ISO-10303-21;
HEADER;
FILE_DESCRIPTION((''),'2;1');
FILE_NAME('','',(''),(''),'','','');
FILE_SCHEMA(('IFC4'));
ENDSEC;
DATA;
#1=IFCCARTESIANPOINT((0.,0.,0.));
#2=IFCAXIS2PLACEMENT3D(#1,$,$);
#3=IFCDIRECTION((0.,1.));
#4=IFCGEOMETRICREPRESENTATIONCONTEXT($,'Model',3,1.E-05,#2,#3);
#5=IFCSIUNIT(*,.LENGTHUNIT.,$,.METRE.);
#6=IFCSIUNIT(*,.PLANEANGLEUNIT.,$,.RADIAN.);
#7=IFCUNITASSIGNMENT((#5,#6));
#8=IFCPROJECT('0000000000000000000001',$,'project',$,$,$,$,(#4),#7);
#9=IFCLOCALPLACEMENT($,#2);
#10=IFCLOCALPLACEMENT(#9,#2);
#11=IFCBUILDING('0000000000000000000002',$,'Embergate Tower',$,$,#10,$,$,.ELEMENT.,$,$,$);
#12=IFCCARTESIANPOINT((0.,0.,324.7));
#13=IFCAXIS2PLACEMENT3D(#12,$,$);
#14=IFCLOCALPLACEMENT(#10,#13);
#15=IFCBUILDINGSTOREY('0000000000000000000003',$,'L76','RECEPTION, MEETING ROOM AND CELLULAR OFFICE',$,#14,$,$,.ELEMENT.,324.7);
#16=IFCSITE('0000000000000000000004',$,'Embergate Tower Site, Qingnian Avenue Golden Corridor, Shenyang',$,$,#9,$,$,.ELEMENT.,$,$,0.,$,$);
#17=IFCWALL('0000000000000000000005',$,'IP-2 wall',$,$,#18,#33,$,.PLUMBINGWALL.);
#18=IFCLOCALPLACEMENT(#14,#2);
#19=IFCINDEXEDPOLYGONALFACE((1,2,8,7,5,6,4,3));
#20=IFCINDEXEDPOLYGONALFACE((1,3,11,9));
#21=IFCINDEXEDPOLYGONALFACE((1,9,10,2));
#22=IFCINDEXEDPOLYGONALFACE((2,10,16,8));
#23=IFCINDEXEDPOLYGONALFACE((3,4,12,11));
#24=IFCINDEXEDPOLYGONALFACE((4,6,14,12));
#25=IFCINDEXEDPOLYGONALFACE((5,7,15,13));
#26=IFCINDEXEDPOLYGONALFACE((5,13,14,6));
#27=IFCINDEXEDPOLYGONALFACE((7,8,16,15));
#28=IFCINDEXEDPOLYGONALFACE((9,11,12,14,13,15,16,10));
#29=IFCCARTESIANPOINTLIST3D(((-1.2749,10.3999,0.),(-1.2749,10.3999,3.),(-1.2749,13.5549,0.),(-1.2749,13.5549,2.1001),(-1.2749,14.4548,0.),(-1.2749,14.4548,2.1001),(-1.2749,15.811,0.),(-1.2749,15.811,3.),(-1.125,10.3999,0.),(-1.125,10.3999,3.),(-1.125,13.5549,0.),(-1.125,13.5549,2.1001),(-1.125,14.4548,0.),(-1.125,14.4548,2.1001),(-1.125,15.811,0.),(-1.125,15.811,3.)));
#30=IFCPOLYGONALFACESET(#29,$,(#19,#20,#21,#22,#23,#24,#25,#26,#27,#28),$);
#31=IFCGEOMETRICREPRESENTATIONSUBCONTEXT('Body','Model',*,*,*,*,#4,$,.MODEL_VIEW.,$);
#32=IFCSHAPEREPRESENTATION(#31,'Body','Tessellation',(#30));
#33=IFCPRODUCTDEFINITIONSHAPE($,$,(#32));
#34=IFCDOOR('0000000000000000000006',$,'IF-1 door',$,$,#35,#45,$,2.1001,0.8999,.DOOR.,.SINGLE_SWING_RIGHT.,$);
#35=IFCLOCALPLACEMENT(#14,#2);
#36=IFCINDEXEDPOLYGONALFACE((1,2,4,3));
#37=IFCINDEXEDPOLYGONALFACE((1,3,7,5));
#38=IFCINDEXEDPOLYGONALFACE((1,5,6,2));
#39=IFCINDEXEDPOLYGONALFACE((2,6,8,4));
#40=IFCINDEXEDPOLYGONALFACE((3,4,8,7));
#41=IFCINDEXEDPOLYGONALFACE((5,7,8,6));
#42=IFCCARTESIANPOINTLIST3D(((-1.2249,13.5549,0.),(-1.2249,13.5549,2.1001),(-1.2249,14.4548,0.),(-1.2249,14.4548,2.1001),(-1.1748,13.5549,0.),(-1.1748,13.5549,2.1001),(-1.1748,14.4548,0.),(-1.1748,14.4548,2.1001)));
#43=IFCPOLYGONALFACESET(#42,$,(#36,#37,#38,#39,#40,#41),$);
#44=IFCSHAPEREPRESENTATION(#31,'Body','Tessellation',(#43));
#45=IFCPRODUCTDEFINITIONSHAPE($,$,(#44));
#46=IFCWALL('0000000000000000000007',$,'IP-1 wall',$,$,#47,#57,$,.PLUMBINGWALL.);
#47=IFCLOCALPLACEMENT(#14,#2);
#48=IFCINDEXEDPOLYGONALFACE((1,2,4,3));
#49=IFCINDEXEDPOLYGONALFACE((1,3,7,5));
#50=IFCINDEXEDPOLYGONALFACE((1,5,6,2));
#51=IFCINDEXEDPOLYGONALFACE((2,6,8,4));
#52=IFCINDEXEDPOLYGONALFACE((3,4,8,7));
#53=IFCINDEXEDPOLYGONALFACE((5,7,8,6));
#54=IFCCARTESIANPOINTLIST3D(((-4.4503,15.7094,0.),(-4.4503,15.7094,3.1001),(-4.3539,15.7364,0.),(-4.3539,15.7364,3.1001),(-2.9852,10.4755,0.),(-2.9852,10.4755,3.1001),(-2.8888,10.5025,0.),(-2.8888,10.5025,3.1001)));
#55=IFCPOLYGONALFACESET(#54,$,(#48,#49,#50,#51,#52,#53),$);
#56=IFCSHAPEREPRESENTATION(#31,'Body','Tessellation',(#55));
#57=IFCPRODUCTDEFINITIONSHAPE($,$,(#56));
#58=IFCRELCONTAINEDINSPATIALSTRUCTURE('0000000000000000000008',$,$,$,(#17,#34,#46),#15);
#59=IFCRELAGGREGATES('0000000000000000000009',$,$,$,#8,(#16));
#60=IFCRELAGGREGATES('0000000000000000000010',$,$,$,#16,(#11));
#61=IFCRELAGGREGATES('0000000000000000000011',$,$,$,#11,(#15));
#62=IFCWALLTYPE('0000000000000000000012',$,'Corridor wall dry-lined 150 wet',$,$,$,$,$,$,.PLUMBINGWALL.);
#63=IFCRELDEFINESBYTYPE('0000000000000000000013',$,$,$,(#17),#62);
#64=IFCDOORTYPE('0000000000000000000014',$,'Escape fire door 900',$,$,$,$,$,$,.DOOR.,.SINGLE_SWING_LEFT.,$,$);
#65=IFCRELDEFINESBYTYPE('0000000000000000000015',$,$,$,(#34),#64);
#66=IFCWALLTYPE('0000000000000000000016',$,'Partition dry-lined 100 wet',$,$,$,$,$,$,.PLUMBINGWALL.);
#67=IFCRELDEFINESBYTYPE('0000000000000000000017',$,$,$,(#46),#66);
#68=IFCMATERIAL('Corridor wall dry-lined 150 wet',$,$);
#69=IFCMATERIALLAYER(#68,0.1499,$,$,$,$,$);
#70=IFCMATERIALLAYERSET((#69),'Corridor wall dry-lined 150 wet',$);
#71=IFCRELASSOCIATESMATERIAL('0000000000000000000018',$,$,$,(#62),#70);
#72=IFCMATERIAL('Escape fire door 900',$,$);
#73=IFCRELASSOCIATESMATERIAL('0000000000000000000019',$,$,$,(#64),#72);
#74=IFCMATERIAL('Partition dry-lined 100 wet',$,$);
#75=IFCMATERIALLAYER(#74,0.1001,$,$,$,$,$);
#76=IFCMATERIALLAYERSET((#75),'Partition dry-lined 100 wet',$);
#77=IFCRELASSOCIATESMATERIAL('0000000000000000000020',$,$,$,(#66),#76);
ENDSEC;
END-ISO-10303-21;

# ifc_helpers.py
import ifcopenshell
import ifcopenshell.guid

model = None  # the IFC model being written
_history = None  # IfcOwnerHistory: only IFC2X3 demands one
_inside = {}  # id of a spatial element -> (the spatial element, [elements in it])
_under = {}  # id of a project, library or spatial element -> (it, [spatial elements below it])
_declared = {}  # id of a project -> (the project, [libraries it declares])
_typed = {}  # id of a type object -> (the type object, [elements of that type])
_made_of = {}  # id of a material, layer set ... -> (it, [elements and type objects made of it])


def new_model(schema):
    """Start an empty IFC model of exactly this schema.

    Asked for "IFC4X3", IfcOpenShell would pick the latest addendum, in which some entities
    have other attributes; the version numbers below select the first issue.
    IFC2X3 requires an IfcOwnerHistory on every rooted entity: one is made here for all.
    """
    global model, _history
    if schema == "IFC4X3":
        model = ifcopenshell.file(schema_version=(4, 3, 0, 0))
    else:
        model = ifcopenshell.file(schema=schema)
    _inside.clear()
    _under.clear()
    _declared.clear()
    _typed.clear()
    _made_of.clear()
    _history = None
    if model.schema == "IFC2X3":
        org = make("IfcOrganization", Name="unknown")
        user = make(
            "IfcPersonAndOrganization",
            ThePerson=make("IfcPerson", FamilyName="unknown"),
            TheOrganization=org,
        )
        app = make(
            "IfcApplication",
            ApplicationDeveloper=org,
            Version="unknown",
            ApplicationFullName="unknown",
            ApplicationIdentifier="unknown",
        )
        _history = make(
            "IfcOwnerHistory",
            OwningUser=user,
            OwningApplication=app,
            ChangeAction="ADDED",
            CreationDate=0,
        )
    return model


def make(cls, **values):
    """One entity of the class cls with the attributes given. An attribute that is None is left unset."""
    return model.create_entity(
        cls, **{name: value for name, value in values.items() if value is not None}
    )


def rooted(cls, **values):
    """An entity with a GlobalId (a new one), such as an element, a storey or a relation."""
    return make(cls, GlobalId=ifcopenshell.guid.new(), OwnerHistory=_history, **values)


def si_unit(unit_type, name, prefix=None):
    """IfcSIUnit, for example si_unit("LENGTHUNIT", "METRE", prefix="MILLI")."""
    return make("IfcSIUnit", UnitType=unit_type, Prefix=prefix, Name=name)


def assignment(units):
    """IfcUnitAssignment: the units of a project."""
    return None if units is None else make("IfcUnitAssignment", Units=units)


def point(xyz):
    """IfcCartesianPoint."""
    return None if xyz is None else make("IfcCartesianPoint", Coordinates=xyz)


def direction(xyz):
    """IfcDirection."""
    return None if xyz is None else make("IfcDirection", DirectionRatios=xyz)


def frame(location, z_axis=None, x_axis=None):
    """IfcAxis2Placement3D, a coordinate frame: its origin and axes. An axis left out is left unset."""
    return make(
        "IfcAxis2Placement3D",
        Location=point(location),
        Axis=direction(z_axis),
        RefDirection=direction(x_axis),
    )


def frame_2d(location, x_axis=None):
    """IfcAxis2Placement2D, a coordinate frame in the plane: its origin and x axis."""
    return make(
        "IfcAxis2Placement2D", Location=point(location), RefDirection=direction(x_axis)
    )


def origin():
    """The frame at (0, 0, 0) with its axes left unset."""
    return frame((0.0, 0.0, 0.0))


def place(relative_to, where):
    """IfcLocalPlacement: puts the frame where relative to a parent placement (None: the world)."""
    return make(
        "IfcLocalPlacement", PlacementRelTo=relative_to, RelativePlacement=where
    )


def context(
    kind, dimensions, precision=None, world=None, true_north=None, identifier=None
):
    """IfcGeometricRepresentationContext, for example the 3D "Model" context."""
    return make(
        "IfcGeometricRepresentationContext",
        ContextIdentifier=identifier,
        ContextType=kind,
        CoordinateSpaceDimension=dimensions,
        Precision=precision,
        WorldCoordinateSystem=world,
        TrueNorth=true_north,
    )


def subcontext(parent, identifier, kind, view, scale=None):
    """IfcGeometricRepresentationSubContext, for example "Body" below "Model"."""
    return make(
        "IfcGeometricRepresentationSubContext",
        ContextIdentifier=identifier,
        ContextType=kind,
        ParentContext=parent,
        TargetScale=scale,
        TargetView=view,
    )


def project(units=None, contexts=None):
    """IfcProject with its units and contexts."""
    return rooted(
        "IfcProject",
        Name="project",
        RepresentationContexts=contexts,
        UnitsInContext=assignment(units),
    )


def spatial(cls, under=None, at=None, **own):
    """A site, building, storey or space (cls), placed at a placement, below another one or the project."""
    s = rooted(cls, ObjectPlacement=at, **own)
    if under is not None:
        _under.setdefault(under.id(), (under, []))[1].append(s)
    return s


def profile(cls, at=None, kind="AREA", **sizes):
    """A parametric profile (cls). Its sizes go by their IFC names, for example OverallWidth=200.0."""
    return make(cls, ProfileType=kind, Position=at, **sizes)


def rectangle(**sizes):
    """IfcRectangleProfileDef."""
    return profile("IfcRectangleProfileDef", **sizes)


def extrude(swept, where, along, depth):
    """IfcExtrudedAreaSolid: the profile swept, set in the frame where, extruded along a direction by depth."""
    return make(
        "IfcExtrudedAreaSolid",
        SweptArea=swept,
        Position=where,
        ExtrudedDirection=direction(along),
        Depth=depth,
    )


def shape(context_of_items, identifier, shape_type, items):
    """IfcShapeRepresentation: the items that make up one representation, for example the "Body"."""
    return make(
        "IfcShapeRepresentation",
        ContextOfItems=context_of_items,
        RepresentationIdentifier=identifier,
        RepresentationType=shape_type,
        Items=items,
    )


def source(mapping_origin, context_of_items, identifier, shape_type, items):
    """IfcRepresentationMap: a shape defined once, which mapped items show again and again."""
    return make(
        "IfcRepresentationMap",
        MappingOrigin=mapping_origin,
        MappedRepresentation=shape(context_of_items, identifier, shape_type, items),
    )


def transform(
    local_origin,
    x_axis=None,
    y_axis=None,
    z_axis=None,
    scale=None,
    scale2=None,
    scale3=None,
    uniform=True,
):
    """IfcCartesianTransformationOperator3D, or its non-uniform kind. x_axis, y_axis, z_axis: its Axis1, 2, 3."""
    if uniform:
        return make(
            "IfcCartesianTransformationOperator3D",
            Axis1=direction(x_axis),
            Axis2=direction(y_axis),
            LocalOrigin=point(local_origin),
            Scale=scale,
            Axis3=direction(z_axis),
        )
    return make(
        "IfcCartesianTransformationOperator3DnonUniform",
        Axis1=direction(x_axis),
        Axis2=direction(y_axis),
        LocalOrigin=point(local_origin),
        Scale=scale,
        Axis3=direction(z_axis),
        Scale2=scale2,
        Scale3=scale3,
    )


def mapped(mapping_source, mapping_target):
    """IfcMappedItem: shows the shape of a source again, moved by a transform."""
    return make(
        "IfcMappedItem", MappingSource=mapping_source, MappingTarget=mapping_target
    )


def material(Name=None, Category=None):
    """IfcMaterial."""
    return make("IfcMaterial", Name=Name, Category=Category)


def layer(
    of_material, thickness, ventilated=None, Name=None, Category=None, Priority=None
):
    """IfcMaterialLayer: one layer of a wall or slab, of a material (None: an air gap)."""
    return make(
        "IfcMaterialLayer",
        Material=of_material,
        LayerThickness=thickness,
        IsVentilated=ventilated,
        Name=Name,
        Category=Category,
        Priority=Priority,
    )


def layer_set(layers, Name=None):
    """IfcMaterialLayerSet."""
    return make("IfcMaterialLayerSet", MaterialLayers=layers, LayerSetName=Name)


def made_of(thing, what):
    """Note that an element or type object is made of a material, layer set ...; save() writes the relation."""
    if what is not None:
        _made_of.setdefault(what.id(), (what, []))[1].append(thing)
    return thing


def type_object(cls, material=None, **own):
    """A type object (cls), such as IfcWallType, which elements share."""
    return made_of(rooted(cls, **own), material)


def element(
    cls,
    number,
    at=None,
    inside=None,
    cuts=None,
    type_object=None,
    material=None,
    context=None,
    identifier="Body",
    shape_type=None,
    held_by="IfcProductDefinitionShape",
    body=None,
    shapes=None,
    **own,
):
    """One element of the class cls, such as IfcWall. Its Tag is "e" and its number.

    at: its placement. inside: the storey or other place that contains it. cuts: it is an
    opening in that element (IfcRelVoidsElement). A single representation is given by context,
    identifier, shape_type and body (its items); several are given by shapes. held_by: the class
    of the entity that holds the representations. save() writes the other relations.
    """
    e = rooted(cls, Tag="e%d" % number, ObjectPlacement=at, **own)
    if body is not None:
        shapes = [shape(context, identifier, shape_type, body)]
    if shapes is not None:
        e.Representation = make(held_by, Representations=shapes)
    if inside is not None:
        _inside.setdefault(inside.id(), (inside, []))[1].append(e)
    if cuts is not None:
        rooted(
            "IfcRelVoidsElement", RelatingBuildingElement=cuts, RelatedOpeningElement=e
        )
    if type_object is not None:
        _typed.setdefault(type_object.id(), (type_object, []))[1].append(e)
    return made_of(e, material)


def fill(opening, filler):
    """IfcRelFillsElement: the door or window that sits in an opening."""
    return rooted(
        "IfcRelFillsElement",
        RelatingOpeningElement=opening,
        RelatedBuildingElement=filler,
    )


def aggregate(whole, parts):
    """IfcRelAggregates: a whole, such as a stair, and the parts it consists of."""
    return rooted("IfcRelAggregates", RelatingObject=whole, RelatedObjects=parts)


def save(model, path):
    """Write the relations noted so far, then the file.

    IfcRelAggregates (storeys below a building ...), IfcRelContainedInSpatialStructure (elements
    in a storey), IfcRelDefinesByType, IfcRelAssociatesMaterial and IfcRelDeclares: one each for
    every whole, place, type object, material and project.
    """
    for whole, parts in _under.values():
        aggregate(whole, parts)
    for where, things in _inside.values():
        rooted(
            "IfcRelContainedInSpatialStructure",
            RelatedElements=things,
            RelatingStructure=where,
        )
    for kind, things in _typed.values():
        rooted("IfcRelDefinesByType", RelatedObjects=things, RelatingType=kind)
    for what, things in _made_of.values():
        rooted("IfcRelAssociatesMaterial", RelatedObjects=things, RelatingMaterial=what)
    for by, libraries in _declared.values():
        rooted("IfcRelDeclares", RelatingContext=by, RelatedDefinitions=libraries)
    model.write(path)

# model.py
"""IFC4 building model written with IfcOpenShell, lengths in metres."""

from ifc_helpers import new_model, si_unit, direction, frame, frame_2d, origin, place, context, subcontext, project, spatial, rectangle, extrude, source, transform, mapped, material, layer, layer_set, type_object, element, fill, save


model = new_model("IFC4")

# Units and contexts
model_context = context("Model", 3, precision=1e-05, world=origin(), true_north=direction((0.0, 1.0)))
body_context = subcontext(model_context, "Body", "Model", "MODEL_VIEW")
ifc_project = project(units=[si_unit("LENGTHUNIT", "METRE"), si_unit("PLANEANGLEUNIT", "RADIAN")], contexts=[model_context])

# Site, building, storey
site_placement = place(None, origin())
site = spatial("IfcSite", under=ifc_project, at=site_placement, Name="Embergate Tower Site, Qingnian Avenue Golden Corridor, Shenyang", CompositionType="ELEMENT", RefElevation=0.0)
building_placement = place(site_placement, origin())
building = spatial("IfcBuilding", under=site, at=building_placement, Name="Embergate Tower", CompositionType="ELEMENT")
storey_placement = place(building_placement, frame((0.0, 0.0, 324.7)))
storey = spatial("IfcBuildingStorey", under=building, at=storey_placement, Name="L76", Description="RECEPTION, MEETING ROOM AND CELLULAR OFFICE", CompositionType="ELEMENT", Elevation=324.7)

# Wall, opening, door
ifc_material_1 = material(Name="Corridor wall dry-lined 150 wet")
ifc_layer_1 = layer(ifc_material_1, 0.1499)
ifc_layer_set_1 = layer_set([ifc_layer_1], Name="Corridor wall dry-lined 150 wet")
wall_type_1 = type_object("IfcWallType", Name="Corridor wall dry-lined 150 wet", PredefinedType="PLUMBINGWALL", material=ifc_layer_set_1)
shared_shape_1 = source(origin(), body_context, "Body", "SweptSolid", [
    extrude(rectangle(XDim=5.4111, YDim=0.1499, at=frame_2d((2.7056, 0.0))), origin(), (0.0, 0.0, 1.0), 3.0),
])
wall_1_placement = place(storey_placement, frame((-1.2, 10.3999, 0.0), z_axis=(0.0, 0.0, 1.0), x_axis=(0.0, 1.0, 0.0)))
wall_1 = element("IfcWall", 1, at=wall_1_placement, inside=storey, type_object=wall_type_1, Name="IP-2 wall", PredefinedType="PLUMBINGWALL", context=body_context, shape_type="MappedRepresentation", body=[
    mapped(shared_shape_1, transform((0.0, 0.0, 0.0))),
])
shared_shape_2 = source(origin(), body_context, "Body", "SweptSolid", [
    extrude(rectangle(XDim=0.8999, YDim=2.1001, at=frame_2d((0.45, 1.05))), frame((0.0, 0.085, 0.0), z_axis=(0.0, -1.0, 0.0), x_axis=(1.0, 0.0, 0.0)), (0.0, 0.0, 1.0), 0.1699),
])
opening_1_placement = place(wall_1_placement, frame((3.155, 0.0, 0.0)))
opening_1 = element("IfcOpeningElement", 2, at=opening_1_placement, cuts=wall_1, PredefinedType="OPENING", context=body_context, shape_type="MappedRepresentation", body=[
    mapped(shared_shape_2, transform((0.0, 0.0, 0.0))),
])
ifc_material_2 = material(Name="Escape fire door 900")
door_type_1 = type_object("IfcDoorType", Name="Escape fire door 900", OperationType="SINGLE_SWING_LEFT", PredefinedType="DOOR", material=ifc_material_2)
shared_shape_3 = source(origin(), body_context, "Body", "SweptSolid", [
    extrude(rectangle(XDim=0.8999, YDim=2.1001, at=frame_2d((0.45, 1.05))), frame((0.0, 0.0249, 0.0), z_axis=(0.0, -1.0, 0.0), x_axis=(1.0, 0.0, 0.0)), (0.0, 0.0, 1.0), 0.05),
])
door_1_placement = place(opening_1_placement, origin())
door_1 = element("IfcDoor", 3, at=door_1_placement, inside=storey, type_object=door_type_1, Name="IF-1 door", OperationType="SINGLE_SWING_RIGHT", OverallHeight=2.1001, OverallWidth=0.8999, PredefinedType="DOOR", context=body_context, shape_type="MappedRepresentation", body=[
    mapped(shared_shape_3, transform((0.0, 0.0, 0.0))),
])
fill(opening_1, door_1)

# Wall
ifc_material_3 = material(Name="Partition dry-lined 100 wet")
ifc_layer_2 = layer(ifc_material_3, 0.1001)
ifc_layer_set_2 = layer_set([ifc_layer_2], Name="Partition dry-lined 100 wet")
wall_type_2 = type_object("IfcWallType", Name="Partition dry-lined 100 wet", PredefinedType="PLUMBINGWALL", material=ifc_layer_set_2)
shared_shape_4 = source(origin(), body_context, "Body", "SweptSolid", [
    extrude(rectangle(XDim=5.4351, YDim=0.1001, at=frame_2d((2.7175, 0.0))), origin(), (0.0, 0.0, 1.0), 3.1001),
])
wall_2_placement = place(storey_placement, frame((-2.937, 10.489, 0.0), z_axis=(0.0, 0.0, 1.0), x_axis=(-0.269562, 0.962983, 0.0)))
element("IfcWall", 4, at=wall_2_placement, inside=storey, type_object=wall_type_2, Name="IP-1 wall", PredefinedType="PLUMBINGWALL", context=body_context, shape_type="MappedRepresentation", body=[
    mapped(shared_shape_4, transform((0.0, 0.0, 0.0))),
])

save(model, "model.ifc")
